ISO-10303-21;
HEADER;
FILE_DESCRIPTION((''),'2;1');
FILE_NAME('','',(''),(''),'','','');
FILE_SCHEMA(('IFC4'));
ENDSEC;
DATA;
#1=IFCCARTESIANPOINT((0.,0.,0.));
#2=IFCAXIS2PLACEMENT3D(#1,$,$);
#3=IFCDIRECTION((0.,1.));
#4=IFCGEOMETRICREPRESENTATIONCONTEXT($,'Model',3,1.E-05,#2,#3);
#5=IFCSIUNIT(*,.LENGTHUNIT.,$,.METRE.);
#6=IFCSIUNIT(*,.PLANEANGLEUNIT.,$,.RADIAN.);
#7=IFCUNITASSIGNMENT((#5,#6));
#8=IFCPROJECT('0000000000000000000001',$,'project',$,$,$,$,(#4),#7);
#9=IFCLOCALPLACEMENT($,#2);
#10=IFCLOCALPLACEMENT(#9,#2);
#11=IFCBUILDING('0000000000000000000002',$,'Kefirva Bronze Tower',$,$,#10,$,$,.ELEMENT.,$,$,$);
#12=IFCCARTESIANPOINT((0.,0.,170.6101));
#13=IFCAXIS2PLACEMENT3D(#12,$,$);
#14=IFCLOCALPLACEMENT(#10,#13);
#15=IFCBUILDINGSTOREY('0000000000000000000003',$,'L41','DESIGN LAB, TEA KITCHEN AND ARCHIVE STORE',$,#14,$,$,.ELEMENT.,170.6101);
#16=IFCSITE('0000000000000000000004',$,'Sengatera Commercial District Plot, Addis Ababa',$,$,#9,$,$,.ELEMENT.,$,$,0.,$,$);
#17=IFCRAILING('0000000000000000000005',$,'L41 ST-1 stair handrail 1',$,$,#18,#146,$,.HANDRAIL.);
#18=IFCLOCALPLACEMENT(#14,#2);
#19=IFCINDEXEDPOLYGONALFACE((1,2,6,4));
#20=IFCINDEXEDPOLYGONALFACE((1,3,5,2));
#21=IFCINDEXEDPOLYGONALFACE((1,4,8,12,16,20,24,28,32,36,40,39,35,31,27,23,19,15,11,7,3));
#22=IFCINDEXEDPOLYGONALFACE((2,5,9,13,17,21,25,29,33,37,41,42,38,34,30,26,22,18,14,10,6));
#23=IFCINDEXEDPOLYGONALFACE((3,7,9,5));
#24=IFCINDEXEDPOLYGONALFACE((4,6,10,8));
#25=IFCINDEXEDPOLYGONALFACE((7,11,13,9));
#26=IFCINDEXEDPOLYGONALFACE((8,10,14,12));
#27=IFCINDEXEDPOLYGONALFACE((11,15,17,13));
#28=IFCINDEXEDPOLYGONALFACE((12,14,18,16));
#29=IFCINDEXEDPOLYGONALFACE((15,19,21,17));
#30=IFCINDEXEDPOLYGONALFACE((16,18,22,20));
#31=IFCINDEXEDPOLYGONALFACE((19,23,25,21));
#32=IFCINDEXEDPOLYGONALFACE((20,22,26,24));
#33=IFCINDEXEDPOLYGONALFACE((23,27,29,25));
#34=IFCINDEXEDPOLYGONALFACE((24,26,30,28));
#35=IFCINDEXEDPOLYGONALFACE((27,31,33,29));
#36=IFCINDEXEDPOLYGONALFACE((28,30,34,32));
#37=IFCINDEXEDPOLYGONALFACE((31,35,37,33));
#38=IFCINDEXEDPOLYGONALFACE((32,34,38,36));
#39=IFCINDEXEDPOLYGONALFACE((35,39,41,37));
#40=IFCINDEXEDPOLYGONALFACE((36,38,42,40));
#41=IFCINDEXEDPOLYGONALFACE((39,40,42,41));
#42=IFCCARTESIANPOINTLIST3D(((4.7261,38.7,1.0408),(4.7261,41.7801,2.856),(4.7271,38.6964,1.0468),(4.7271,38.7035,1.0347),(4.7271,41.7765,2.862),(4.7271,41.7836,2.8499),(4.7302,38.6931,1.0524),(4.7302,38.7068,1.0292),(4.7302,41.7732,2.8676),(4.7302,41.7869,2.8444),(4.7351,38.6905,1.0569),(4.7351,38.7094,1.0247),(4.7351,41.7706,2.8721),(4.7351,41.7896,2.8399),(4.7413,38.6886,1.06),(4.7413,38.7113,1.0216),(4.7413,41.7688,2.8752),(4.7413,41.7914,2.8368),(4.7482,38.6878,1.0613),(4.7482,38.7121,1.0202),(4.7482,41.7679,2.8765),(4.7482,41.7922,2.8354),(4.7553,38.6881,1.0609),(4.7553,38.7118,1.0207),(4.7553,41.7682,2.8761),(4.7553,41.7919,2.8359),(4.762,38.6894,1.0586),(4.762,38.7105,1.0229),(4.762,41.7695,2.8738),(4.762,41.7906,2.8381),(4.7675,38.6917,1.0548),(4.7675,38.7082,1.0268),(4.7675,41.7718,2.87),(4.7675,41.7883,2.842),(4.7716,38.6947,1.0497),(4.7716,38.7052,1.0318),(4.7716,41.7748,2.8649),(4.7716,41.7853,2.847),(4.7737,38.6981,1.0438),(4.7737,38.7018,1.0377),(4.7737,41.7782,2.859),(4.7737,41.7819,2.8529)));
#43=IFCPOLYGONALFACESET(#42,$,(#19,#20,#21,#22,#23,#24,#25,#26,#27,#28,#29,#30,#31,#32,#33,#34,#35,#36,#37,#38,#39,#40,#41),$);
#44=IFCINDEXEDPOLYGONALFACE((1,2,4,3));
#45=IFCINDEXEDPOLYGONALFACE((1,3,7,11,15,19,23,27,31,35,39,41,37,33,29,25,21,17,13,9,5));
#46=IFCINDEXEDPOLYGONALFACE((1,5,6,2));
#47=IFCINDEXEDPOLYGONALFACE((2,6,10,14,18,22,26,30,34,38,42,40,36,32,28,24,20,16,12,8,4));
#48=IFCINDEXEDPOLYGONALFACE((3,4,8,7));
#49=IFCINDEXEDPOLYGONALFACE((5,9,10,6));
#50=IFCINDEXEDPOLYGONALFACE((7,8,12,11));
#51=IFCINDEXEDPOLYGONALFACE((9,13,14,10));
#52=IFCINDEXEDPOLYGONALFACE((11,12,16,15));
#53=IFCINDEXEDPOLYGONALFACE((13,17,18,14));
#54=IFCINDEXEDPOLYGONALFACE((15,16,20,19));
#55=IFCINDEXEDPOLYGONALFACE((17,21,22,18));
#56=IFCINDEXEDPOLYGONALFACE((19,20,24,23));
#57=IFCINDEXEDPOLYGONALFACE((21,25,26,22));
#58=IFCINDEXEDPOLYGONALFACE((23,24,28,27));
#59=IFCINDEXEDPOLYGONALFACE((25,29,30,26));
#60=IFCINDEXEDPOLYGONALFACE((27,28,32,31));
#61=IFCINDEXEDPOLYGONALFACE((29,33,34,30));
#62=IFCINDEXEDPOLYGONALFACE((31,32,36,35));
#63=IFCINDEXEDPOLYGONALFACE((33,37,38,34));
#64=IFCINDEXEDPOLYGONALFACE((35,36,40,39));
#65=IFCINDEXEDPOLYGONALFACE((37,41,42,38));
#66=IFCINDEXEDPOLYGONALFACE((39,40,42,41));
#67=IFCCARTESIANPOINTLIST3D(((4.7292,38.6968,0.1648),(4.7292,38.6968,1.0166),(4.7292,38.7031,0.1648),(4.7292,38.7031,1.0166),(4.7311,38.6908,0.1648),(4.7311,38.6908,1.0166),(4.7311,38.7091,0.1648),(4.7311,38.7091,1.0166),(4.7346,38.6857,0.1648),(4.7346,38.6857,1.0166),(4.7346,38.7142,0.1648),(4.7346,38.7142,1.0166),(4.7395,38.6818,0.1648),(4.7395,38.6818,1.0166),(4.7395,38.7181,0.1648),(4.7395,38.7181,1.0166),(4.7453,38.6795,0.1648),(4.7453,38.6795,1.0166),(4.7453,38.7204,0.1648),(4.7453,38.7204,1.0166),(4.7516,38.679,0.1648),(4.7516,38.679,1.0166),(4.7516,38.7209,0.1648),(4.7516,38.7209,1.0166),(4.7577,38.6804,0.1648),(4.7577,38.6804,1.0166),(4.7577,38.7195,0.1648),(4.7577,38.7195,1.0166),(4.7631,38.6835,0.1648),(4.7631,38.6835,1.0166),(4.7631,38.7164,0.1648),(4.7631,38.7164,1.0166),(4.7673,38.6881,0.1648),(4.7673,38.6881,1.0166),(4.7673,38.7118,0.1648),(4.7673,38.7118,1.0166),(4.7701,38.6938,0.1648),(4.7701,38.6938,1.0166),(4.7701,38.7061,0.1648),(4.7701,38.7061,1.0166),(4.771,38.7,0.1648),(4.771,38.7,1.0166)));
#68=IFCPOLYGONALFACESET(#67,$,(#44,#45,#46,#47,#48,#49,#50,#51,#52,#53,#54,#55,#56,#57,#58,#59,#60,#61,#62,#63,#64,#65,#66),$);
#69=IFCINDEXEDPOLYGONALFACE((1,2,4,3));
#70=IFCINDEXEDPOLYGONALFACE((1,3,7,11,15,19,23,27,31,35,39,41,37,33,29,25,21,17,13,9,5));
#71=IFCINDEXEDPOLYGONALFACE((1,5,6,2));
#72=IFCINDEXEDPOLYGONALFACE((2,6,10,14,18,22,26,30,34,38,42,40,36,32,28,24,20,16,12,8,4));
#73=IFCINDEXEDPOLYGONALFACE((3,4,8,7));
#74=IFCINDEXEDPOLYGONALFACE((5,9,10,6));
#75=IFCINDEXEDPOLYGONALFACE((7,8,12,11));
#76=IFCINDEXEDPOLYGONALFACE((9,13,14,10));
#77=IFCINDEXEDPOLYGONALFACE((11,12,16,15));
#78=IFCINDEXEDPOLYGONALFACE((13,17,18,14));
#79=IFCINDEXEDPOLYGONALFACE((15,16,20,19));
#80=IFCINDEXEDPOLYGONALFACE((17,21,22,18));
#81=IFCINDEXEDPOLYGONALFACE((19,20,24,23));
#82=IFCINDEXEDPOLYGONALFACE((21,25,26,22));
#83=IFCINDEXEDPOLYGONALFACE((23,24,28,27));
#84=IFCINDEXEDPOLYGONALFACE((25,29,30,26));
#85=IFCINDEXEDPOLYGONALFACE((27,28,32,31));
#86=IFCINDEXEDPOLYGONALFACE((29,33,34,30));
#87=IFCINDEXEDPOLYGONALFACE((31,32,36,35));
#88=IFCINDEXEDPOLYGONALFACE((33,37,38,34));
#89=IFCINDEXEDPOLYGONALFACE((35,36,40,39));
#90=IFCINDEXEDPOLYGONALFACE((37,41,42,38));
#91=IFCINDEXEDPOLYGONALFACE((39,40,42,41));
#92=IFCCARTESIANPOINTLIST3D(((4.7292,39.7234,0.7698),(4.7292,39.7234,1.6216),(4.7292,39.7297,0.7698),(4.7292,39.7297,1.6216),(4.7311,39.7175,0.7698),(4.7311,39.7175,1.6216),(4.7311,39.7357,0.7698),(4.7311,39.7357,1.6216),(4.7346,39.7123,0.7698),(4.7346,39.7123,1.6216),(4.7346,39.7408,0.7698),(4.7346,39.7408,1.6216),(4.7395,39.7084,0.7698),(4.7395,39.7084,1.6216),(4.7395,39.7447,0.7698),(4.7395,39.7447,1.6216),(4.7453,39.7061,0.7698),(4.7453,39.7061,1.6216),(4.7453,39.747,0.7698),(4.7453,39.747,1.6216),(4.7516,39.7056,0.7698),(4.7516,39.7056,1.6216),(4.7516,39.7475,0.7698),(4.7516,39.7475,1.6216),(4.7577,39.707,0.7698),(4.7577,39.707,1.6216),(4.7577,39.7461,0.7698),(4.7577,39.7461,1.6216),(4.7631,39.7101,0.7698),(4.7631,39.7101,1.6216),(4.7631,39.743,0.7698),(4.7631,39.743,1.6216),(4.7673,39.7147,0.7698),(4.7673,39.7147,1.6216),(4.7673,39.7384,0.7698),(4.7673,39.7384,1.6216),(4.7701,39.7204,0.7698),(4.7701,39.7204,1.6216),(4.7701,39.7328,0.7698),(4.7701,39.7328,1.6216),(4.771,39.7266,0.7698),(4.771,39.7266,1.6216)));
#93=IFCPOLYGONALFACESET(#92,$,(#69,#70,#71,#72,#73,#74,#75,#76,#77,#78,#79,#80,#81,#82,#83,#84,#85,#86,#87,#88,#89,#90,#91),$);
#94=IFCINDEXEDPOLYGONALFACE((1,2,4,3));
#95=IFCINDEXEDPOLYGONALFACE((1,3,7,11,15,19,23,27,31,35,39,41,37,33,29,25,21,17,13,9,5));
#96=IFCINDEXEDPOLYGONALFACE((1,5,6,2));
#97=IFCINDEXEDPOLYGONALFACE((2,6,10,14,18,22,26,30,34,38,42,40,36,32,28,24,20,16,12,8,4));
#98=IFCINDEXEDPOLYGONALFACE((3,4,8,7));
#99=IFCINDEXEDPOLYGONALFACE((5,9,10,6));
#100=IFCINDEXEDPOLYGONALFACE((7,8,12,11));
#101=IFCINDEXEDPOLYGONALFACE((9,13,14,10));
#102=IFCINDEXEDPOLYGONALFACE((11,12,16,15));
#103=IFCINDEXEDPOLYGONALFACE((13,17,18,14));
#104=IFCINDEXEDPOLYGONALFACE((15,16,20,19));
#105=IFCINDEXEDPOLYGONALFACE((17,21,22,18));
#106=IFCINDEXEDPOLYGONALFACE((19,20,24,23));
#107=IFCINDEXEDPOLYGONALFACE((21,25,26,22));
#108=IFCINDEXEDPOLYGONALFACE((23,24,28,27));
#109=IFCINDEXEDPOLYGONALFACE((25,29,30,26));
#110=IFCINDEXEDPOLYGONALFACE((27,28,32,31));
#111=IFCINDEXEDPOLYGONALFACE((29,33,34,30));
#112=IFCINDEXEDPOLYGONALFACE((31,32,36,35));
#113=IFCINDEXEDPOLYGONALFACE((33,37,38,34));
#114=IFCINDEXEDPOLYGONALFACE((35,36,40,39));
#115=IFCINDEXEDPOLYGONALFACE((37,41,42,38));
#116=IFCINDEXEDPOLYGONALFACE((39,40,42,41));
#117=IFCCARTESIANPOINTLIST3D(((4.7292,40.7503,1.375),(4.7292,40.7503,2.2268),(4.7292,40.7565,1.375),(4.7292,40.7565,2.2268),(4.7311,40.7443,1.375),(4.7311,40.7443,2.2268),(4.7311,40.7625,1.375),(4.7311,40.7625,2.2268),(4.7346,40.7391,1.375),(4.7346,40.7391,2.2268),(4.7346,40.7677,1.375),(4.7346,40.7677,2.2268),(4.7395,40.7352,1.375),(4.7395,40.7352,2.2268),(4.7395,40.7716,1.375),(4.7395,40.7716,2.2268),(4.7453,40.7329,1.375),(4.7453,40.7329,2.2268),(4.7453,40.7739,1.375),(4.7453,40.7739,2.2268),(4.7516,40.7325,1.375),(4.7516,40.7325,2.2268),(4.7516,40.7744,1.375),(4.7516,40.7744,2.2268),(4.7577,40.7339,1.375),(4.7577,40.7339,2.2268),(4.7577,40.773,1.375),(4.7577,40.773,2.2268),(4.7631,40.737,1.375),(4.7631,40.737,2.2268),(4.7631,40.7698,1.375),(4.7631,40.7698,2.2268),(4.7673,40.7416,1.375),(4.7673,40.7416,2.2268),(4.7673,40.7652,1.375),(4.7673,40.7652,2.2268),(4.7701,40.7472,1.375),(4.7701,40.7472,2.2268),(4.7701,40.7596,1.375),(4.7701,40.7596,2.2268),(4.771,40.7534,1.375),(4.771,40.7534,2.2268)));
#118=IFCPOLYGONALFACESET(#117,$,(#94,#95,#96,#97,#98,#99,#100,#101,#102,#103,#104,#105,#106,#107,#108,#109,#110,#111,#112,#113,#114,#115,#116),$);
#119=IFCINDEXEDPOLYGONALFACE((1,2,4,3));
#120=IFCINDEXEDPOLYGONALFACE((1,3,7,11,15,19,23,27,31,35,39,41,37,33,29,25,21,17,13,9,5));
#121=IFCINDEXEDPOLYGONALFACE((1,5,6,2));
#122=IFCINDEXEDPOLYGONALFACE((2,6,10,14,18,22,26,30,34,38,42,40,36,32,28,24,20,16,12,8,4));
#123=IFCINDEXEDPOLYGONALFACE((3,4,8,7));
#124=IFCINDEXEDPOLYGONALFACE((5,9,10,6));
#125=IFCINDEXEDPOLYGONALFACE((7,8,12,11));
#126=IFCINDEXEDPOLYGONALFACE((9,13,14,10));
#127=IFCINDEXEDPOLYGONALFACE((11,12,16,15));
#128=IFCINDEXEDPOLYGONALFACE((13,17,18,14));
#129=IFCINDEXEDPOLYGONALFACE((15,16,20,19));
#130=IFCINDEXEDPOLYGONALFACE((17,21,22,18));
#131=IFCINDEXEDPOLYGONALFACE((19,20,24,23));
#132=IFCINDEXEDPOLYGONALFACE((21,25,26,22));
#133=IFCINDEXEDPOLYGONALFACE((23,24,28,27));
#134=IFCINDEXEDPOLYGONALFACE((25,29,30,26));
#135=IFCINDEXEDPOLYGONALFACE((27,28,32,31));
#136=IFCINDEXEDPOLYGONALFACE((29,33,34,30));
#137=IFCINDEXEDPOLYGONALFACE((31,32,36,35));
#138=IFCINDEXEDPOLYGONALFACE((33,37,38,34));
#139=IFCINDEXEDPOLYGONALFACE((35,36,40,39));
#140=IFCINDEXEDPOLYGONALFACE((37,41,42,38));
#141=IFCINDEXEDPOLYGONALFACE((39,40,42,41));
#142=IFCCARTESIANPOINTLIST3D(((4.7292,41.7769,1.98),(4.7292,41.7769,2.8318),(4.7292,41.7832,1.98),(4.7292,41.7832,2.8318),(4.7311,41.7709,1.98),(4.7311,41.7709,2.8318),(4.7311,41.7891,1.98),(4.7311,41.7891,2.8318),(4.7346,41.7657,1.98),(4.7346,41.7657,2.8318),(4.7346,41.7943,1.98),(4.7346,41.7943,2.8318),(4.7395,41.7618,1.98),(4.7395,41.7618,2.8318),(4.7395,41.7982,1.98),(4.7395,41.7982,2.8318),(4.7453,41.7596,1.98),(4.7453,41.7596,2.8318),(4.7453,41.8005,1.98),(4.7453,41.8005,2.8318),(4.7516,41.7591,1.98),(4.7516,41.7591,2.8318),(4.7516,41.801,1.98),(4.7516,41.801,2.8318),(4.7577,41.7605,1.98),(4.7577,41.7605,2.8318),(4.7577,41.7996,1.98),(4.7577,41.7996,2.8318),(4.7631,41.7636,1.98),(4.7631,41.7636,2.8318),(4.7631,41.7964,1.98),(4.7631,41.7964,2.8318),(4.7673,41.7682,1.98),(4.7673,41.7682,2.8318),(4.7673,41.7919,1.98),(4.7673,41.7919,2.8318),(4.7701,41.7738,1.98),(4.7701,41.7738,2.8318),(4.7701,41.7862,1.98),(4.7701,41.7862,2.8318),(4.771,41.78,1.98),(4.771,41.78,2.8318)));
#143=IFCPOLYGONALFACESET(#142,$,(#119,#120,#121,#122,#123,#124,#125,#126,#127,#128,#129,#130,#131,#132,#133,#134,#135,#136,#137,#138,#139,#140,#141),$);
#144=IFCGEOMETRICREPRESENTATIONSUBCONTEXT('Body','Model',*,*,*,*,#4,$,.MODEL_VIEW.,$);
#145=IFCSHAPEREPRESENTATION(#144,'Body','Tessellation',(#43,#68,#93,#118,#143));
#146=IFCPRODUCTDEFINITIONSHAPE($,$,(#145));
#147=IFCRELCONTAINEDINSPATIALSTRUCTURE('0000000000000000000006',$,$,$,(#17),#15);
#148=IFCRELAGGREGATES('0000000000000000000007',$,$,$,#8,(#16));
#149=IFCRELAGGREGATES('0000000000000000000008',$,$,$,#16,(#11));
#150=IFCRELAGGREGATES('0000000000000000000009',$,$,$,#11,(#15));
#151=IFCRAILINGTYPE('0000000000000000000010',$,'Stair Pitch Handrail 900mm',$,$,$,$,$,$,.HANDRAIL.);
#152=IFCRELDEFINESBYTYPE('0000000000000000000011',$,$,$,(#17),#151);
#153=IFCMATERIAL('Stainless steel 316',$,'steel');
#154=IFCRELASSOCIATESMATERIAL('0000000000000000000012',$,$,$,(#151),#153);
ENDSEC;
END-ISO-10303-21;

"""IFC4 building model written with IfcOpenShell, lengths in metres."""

from ifc_helpers import new_model, si_unit, direction, frame, origin, origin_2d, place, context, subcontext, project, spatial, circle, extrude, material, type_object, element, save


model = new_model("IFC4")

# Units and contexts
model_context = context("Model", 3, precision=1e-05, world=origin(), true_north=direction((0.0, 1.0)))
body_context = subcontext(model_context, "Body", "Model", "MODEL_VIEW")
ifc_project = project(units=[si_unit("LENGTHUNIT", "METRE"), si_unit("PLANEANGLEUNIT", "RADIAN")], contexts=[model_context])

# Site, building, storey
site_placement = place(None, origin())
site = spatial("IfcSite", under=ifc_project, at=site_placement, Name="Sengatera Commercial District Plot, Addis Ababa", CompositionType="ELEMENT", RefElevation=0.0)
building_placement = place(site_placement, origin())
building = spatial("IfcBuilding", under=site, at=building_placement, Name="Kefirva Bronze Tower", CompositionType="ELEMENT")
storey_placement = place(building_placement, frame((0.0, 0.0, 170.6101)))
storey = spatial("IfcBuildingStorey", under=building, at=storey_placement, Name="L41", Description="DESIGN LAB, TEA KITCHEN AND ARCHIVE STORE", CompositionType="ELEMENT", Elevation=170.6101)

# Shared definitions
ifc_material_1 = material(Name="Stainless steel 316", Category="steel")

# Railing
railing_type = type_object("IfcRailingType", Name="Stair Pitch Handrail 900mm", PredefinedType="HANDRAIL", material=ifc_material_1)
railing_placement = place(storey_placement, frame((4.75, 38.7, 0.1648)))
element("IfcRailing", 1, at=railing_placement, inside=storey, type_object=railing_type, Name="L41 ST-1 stair handrail 1", PredefinedType="HANDRAIL", context=body_context, shape_type="SweptSolid", body=[
    extrude(circle(Radius=0.0239, at=origin_2d()), frame((0.0, 0.0, 0.876), z_axis=(0.0, 0.861521, 0.507721), x_axis=(-1.0, 0.0, 0.0)), (0.0, 0.0, 1.0), 3.5752),
    extrude(circle(Radius=0.021, at=origin_2d()), origin(), (0.0, 0.0, 1.0), 0.8518),
    extrude(circle(Radius=0.021, at=origin_2d()), frame((0.0, 1.0266, 0.605)), (0.0, 0.0, 1.0), 0.8518),
    extrude(circle(Radius=0.021, at=origin_2d()), frame((0.0, 2.0535, 1.2102)), (0.0, 0.0, 1.0), 0.8518),
    extrude(circle(Radius=0.021, at=origin_2d()), frame((0.0, 3.0801, 1.8152)), (0.0, 0.0, 1.0), 0.8518),
])

save(model, "model.ifc")
